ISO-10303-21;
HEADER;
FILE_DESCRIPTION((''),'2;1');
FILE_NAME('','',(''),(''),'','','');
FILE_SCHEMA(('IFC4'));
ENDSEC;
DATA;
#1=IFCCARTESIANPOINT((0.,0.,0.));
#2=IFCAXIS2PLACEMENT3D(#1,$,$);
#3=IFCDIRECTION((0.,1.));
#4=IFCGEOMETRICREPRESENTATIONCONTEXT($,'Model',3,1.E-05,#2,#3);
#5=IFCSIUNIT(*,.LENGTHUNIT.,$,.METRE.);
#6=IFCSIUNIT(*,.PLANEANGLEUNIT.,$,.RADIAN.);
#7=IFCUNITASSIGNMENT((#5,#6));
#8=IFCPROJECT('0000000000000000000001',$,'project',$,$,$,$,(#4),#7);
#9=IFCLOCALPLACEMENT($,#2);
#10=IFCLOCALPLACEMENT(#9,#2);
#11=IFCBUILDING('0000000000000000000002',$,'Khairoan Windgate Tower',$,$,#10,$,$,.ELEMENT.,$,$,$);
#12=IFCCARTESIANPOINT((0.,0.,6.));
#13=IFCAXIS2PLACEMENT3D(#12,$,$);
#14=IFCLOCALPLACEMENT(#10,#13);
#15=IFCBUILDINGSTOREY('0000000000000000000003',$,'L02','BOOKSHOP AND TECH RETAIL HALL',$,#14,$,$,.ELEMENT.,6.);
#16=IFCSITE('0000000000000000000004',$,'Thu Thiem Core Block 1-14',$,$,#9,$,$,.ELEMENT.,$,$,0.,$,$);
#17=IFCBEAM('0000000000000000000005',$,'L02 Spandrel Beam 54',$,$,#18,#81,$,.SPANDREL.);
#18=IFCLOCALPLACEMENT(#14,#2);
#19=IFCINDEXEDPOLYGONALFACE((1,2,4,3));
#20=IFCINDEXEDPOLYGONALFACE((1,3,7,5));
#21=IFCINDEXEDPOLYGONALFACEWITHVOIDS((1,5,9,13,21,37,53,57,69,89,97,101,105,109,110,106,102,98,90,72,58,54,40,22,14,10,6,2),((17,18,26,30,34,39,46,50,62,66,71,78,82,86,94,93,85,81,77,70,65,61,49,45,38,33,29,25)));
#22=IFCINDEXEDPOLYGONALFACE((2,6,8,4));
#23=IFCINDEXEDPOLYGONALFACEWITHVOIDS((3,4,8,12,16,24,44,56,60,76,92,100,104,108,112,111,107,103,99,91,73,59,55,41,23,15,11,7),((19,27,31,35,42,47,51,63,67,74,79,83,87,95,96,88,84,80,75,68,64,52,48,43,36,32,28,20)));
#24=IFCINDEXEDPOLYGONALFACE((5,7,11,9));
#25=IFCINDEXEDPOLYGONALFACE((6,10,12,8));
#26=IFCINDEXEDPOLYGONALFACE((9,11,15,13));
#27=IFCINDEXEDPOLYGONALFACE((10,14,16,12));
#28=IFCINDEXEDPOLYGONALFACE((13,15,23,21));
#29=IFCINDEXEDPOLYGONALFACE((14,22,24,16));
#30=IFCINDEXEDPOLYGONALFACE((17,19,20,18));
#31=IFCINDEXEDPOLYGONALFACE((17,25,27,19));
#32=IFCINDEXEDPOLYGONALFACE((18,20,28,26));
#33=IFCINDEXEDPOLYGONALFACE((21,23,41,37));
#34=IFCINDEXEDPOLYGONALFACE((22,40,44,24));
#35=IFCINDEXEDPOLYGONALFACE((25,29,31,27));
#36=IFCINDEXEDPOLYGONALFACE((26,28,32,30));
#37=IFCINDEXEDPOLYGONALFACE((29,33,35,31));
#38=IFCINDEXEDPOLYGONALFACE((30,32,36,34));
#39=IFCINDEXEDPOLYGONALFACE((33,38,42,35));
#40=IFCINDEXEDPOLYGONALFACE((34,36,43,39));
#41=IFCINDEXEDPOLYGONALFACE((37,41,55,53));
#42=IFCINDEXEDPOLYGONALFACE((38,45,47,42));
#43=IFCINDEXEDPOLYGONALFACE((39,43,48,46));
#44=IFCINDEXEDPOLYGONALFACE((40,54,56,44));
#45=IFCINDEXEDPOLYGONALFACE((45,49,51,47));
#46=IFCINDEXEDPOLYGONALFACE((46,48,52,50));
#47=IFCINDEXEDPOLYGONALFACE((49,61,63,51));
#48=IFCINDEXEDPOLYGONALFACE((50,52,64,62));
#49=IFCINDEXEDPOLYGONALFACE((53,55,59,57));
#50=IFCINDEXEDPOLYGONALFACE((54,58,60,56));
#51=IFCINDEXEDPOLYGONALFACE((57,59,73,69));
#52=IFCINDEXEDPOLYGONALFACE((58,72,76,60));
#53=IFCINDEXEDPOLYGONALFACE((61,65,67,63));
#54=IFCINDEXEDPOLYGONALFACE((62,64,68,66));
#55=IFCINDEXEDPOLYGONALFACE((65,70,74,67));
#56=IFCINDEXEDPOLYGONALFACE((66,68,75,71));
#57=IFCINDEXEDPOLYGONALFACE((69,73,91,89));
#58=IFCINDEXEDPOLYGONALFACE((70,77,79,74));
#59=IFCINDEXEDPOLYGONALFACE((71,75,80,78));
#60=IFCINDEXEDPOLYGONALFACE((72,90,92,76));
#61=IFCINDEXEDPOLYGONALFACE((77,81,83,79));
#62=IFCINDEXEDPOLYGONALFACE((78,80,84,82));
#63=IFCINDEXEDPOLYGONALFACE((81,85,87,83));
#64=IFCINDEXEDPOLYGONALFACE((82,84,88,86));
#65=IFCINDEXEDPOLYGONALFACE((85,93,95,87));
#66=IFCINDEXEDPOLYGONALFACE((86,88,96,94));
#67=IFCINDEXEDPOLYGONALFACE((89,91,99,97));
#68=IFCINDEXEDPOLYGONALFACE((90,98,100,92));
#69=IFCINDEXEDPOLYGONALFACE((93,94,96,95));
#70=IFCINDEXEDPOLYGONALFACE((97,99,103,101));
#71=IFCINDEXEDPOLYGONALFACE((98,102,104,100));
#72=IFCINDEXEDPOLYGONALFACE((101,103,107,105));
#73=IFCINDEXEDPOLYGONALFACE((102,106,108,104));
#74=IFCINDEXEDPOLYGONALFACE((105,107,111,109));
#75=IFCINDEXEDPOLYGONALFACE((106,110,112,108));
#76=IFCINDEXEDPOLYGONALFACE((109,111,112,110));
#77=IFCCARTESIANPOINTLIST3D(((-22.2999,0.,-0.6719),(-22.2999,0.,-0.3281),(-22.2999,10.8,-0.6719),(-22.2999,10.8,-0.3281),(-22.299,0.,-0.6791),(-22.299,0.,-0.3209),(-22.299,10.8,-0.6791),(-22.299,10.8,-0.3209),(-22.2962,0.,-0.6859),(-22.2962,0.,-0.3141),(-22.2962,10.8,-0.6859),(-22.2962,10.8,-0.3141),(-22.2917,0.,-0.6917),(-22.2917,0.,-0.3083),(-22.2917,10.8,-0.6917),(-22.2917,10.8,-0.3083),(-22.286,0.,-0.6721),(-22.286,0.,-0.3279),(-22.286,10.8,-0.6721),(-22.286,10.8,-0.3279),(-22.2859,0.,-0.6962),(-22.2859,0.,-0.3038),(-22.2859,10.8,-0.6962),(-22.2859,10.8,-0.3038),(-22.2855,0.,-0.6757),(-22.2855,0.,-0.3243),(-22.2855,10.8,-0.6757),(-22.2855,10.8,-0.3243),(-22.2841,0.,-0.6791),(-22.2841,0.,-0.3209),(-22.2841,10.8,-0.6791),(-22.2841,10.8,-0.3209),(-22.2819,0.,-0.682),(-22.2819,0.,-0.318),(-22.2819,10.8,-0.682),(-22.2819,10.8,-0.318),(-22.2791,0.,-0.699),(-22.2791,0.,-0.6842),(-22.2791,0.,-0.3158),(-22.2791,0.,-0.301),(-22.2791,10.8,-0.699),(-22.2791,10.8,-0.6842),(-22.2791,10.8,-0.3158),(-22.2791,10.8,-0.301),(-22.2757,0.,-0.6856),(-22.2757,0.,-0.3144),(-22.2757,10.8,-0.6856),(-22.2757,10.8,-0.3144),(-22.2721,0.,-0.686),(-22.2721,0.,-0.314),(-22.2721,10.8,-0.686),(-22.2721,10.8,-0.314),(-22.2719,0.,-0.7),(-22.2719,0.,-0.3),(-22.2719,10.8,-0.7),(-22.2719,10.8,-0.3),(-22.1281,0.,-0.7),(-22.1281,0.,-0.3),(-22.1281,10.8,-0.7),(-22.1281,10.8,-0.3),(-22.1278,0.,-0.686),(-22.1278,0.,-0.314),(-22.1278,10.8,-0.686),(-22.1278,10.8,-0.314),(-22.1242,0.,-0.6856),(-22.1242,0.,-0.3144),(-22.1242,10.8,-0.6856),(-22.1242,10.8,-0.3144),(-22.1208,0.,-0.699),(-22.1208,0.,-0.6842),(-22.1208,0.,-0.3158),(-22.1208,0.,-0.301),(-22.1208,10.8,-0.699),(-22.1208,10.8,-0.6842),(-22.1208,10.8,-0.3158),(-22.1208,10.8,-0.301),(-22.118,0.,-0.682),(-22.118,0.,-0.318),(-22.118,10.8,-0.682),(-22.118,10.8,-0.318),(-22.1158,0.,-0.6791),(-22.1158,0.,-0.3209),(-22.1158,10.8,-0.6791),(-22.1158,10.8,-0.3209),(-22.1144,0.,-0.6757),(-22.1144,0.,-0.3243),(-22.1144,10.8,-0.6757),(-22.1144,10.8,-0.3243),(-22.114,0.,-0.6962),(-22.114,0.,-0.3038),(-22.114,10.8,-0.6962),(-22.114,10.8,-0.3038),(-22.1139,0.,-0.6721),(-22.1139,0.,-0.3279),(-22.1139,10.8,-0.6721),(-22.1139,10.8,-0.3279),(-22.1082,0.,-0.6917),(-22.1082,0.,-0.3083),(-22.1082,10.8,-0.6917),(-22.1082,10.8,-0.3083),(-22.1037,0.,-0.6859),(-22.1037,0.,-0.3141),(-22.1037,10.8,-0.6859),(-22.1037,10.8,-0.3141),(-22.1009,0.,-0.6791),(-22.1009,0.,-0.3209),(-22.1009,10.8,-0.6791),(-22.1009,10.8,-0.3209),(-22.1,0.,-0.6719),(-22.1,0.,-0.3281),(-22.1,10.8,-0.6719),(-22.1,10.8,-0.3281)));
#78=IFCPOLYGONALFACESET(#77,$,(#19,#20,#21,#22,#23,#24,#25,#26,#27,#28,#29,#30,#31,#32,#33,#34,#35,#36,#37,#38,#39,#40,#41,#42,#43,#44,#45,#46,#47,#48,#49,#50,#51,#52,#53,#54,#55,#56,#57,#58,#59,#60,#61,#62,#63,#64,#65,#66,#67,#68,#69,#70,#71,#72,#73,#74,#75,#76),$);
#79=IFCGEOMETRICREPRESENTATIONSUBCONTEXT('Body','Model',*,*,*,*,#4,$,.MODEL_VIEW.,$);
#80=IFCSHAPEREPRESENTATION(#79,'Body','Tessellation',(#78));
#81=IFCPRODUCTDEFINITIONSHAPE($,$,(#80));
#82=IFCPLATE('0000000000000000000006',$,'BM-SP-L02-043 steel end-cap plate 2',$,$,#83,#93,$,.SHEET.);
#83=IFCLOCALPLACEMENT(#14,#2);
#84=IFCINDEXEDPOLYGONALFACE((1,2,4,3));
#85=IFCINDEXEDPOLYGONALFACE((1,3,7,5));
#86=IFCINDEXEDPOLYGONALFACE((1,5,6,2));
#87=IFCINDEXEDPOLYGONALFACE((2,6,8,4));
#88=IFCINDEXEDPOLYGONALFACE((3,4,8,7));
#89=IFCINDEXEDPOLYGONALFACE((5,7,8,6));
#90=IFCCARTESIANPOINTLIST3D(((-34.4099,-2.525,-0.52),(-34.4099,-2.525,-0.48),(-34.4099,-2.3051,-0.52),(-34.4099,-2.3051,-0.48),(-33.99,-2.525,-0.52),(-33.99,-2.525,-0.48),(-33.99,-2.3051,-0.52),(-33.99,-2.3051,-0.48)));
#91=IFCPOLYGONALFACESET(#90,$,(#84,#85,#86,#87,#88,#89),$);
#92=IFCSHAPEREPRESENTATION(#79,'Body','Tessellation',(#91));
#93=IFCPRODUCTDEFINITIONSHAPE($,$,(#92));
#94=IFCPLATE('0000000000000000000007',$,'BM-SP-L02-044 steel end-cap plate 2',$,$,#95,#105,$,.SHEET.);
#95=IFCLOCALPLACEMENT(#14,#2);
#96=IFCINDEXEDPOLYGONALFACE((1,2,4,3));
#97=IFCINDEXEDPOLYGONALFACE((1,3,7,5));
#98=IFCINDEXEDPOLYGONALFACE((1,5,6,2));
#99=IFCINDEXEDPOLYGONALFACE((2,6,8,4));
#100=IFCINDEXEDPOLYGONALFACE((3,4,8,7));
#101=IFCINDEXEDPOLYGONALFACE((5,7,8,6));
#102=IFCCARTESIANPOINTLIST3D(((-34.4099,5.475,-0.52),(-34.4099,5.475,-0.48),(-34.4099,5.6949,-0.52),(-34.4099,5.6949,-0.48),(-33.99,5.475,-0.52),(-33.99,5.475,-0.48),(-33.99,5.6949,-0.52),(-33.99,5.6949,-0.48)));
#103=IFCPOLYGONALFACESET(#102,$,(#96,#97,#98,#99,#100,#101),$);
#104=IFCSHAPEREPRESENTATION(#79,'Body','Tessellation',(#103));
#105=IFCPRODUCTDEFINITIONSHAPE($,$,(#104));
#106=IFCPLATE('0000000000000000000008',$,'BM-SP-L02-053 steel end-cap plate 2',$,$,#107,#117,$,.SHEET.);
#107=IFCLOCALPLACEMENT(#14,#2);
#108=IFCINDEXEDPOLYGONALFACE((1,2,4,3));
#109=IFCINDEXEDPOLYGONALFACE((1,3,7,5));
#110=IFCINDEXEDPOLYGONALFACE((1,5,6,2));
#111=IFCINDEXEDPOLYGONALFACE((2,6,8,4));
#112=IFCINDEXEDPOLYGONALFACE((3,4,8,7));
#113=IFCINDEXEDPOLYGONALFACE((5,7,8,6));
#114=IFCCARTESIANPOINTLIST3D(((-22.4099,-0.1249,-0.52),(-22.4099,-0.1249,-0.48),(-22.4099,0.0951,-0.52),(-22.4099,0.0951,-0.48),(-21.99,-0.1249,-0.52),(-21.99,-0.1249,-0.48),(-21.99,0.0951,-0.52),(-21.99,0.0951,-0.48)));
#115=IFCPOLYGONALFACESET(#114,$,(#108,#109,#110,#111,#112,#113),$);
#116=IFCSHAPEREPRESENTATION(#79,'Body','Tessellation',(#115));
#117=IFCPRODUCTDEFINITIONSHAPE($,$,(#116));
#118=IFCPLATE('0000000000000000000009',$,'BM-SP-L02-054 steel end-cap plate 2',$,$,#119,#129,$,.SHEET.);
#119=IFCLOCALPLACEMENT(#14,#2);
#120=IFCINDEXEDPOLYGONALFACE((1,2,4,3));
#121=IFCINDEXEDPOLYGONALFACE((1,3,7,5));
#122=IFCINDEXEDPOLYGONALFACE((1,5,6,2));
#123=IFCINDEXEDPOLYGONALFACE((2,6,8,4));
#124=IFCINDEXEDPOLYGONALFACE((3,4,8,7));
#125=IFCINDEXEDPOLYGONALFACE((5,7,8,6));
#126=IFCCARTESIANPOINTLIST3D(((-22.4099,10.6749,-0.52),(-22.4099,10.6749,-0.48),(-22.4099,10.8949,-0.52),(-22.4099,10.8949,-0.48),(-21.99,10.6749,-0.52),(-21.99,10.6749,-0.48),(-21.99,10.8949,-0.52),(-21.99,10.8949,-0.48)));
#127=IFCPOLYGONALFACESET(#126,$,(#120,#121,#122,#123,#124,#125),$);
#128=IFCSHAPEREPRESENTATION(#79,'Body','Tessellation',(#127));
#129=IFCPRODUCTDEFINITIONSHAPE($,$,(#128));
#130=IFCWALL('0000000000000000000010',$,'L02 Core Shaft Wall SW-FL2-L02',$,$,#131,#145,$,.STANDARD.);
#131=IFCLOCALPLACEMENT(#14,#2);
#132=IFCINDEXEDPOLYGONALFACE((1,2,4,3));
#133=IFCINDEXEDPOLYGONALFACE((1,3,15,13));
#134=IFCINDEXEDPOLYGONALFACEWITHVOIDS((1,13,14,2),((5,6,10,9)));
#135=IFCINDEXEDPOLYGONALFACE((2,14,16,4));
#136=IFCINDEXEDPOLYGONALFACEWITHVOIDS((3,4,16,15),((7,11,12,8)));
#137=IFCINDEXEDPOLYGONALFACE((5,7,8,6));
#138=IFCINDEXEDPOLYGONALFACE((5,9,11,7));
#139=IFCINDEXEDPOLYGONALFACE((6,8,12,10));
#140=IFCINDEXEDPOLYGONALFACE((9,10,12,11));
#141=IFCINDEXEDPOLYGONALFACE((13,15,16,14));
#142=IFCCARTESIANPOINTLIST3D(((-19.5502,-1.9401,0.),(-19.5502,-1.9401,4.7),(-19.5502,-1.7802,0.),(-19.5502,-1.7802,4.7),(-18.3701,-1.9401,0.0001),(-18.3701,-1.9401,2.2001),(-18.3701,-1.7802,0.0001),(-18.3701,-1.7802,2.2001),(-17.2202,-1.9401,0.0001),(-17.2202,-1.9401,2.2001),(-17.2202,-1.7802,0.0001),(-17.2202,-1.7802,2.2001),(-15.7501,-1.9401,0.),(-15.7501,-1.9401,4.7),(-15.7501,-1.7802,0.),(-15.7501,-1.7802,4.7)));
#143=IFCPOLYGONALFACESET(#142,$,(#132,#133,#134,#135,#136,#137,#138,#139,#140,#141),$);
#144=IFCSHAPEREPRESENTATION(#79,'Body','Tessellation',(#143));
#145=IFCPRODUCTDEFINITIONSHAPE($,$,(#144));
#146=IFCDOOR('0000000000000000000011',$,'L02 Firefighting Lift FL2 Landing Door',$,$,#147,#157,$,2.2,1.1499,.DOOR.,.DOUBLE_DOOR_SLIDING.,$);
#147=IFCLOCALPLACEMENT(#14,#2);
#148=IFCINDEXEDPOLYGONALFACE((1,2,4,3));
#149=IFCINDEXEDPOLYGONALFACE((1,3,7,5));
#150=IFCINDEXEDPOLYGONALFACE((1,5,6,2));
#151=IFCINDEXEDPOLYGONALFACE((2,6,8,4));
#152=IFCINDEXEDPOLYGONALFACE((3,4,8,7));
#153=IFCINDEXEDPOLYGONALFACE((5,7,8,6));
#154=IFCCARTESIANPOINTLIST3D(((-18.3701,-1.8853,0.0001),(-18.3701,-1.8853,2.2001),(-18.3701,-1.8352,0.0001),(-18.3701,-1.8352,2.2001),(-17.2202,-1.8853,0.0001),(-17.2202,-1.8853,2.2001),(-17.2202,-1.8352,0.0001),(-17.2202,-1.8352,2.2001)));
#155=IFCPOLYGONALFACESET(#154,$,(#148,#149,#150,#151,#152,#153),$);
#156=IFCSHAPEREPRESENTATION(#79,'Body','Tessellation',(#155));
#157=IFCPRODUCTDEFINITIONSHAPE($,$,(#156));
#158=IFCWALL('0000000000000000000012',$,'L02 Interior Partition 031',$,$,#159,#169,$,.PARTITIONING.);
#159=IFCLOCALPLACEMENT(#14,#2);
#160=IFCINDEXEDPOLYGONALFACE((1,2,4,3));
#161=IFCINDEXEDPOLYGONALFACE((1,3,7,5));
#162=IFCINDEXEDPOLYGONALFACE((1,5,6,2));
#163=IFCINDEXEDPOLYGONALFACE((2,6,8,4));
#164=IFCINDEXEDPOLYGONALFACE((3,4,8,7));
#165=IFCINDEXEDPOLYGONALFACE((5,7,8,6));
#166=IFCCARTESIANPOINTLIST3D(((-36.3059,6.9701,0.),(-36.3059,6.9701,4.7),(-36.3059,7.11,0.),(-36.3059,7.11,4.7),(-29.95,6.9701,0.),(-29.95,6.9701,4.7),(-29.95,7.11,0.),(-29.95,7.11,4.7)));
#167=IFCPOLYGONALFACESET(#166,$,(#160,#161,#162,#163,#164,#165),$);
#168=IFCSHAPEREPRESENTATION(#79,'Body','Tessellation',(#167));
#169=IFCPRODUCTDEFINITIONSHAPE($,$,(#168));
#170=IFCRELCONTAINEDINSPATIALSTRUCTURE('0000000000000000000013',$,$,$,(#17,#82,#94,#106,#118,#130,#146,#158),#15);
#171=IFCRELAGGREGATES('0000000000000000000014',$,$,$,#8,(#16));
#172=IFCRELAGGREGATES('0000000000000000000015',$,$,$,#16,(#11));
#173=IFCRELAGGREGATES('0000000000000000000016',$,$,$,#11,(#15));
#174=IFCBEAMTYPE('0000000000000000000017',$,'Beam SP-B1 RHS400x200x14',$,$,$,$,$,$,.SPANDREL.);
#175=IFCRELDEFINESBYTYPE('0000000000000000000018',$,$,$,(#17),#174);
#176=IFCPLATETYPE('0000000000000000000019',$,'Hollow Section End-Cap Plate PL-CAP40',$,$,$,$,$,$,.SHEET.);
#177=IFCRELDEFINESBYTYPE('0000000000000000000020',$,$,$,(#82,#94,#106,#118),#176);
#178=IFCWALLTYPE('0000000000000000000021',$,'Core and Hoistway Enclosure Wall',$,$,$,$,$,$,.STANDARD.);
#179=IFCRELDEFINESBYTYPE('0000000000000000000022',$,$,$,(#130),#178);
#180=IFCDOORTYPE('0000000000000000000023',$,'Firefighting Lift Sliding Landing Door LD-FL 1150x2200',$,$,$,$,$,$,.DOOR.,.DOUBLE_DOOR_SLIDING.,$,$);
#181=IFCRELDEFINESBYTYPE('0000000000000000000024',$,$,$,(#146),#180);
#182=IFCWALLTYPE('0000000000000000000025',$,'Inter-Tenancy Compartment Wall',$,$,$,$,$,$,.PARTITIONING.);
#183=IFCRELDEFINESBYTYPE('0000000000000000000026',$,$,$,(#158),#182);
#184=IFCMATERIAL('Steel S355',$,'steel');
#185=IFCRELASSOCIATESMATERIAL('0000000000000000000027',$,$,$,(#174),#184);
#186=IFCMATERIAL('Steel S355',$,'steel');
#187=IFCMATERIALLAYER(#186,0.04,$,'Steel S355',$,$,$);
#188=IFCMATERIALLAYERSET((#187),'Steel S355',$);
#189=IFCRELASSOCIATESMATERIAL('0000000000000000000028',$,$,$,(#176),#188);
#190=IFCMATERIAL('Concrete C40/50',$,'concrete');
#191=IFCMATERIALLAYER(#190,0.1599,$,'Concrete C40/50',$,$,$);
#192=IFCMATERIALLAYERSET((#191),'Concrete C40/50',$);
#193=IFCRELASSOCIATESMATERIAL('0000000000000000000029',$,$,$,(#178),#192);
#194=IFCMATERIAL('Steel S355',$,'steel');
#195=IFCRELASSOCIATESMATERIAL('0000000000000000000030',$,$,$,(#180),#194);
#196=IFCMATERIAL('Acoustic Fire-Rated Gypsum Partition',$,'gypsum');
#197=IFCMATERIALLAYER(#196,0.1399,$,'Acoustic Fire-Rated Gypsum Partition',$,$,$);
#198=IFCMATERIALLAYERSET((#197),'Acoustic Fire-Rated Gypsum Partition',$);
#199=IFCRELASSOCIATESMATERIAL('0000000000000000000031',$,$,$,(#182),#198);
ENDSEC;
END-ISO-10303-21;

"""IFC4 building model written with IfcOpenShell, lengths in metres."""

from ifc_helpers import new_model, si_unit, direction, frame, frame_2d, origin, origin_2d, place, context, subcontext, project, spatial, rectangle, hollow_rectangle, extrude, material, layer, layer_set, material_profile, profile_set, type_object, element, fill, save


model = new_model("IFC4")

# Units and contexts
model_context = context("Model", 3, precision=1e-05, world=origin(), true_north=direction((0.0, 1.0)))
body_context = subcontext(model_context, "Body", "Model", "MODEL_VIEW")
ifc_project = project(units=[si_unit("LENGTHUNIT", "METRE"), si_unit("PLANEANGLEUNIT", "RADIAN")], contexts=[model_context])

# Site, building, storey
site_placement = place(None, origin())
site = spatial("IfcSite", under=ifc_project, at=site_placement, Name="Thu Thiem Core Block 1-14", CompositionType="ELEMENT", RefElevation=0.0)
building_placement = place(site_placement, origin())
building = spatial("IfcBuilding", under=site, at=building_placement, Name="Khairoan Windgate Tower", CompositionType="ELEMENT")
storey_placement = place(building_placement, frame((0.0, 0.0, 6.0)))
storey = spatial("IfcBuildingStorey", under=building, at=storey_placement, Name="L02", Description="BOOKSHOP AND TECH RETAIL HALL", CompositionType="ELEMENT", Elevation=6.0)

# Beam
ifc_material_1 = material(Name="Steel S355", Category="steel")
ifc_material_profile_1 = material_profile(ifc_material_1, hollow_rectangle(XDim=0.2, YDim=0.3999, WallThickness=0.0139, InnerFilletRadius=0.0139, OuterFilletRadius=0.0281, at=origin_2d()))
ifc_profile_set_1 = profile_set([ifc_material_profile_1], Name="Steel S355")
beam_type_1 = type_object("IfcBeamType", Name="Beam SP-B1 RHS400x200x14", PredefinedType="SPANDREL", material=ifc_profile_set_1)
beam_1_placement = place(storey_placement, frame((-22.2, 0.0, -0.5), z_axis=(0.0, 1.0, 0.0), x_axis=(-1.0, 0.0, 0.0)))
element("IfcBeam", 1, at=beam_1_placement, inside=storey, type_object=beam_type_1, Name="L02 Spandrel Beam 54", PredefinedType="SPANDREL", context=body_context, shape_type="SweptSolid", body=[
    extrude(hollow_rectangle(XDim=0.2, YDim=0.3999, WallThickness=0.0139, InnerFilletRadius=0.0139, OuterFilletRadius=0.0281, at=origin_2d()), origin(), (0.0, 0.0, 1.0), 10.8),
])

# Plates
ifc_material_2 = material(Name="Steel S355", Category="steel")
ifc_layer_1 = layer(ifc_material_2, 0.04, Name="Steel S355")
ifc_layer_set_1 = layer_set([ifc_layer_1], Name="Steel S355")
plate_type = type_object("IfcPlateType", Name="Hollow Section End-Cap Plate PL-CAP40", PredefinedType="SHEET", material=ifc_layer_set_1)
for number, where, z_axis, x_axis, name in (
    (2, (-34.2, -2.415, -0.52), (0.0, 0.0, 1.0), (0.0, 1.0, 0.0), "BM-SP-L02-043 steel end-cap plate 2"),
    (3, (-34.2, 5.585, -0.52), (0.0, 0.0, 1.0), (0.0, 1.0, 0.0), "BM-SP-L02-044 steel end-cap plate 2"),
    (4, (-22.2, -0.0149, -0.52), (0.0, 0.0, 1.0), (0.0, 1.0, 0.0), "BM-SP-L02-053 steel end-cap plate 2"),
    (5, (-22.2, 10.7849, -0.52), (0.0, 0.0, 1.0), (0.0, 1.0, 0.0), "BM-SP-L02-054 steel end-cap plate 2"),
):
    element("IfcPlate", number, at=place(storey_placement, frame(where, z_axis=z_axis, x_axis=x_axis)), inside=storey, type_object=plate_type, Name=name, PredefinedType="SHEET", context=body_context, shape_type="SweptSolid", body=[
        extrude(rectangle(XDim=0.22, YDim=0.4199, at=origin_2d()), origin(), (0.0, 0.0, 1.0), 0.04),
    ])

# Wall, opening, door
ifc_material_3 = material(Name="Concrete C40/50", Category="concrete")
ifc_layer_2 = layer(ifc_material_3, 0.1599, Name="Concrete C40/50")
ifc_layer_set_2 = layer_set([ifc_layer_2], Name="Concrete C40/50")
wall_type_1 = type_object("IfcWallType", Name="Core and Hoistway Enclosure Wall", PredefinedType="STANDARD", material=ifc_layer_set_2)
wall_1_placement = place(storey_placement, frame((-19.55, -1.8601, 0.0), z_axis=(0.0, 0.0, 1.0), x_axis=(1.0, 0.0, 0.0)))
wall_1 = element("IfcWall", 6, at=wall_1_placement, inside=storey, type_object=wall_type_1, Name="L02 Core Shaft Wall SW-FL2-L02", PredefinedType="STANDARD", context=body_context, shape_type="SweptSolid", body=[
    extrude(rectangle(XDim=3.8, YDim=0.1599, at=frame_2d((1.8999, 0.0))), origin(), (0.0, 0.0, 1.0), 4.7),
])
opening_1_placement = place(wall_1_placement, frame((1.1799, 0.0, 0.0)))
opening_1 = element("IfcOpeningElement", 7, at=opening_1_placement, cuts=wall_1, PredefinedType="OPENING", context=body_context, shape_type="SweptSolid", body=[
    extrude(rectangle(XDim=1.1499, YDim=2.2, at=frame_2d((0.575, 1.1001))), frame((0.0, 0.0898, 0.0), z_axis=(0.0, -1.0, 0.0), x_axis=(1.0, 0.0, 0.0)), (0.0, 0.0, 1.0), 0.1799),
])
ifc_material_4 = material(Name="Steel S355", Category="steel")
door_type_1 = type_object("IfcDoorType", Name="Firefighting Lift Sliding Landing Door LD-FL 1150x2200", OperationType="DOUBLE_DOOR_SLIDING", PredefinedType="DOOR", material=ifc_material_4)
door_1_placement = place(opening_1_placement, origin())
door_1 = element("IfcDoor", 8, at=door_1_placement, inside=storey, type_object=door_type_1, Name="L02 Firefighting Lift FL2 Landing Door", OperationType="DOUBLE_DOOR_SLIDING", OverallHeight=2.2, OverallWidth=1.1499, PredefinedType="DOOR", context=body_context, shape_type="SweptSolid", body=[
    extrude(rectangle(XDim=1.1499, YDim=2.2, at=frame_2d((0.575, 1.1001))), frame((0.0, 0.0249, 0.0), z_axis=(0.0, -1.0, 0.0), x_axis=(1.0, 0.0, 0.0)), (0.0, 0.0, 1.0), 0.05),
])
fill(opening_1, door_1)

# Wall
ifc_material_5 = material(Name="Acoustic Fire-Rated Gypsum Partition", Category="gypsum")
ifc_layer_3 = layer(ifc_material_5, 0.1399, Name="Acoustic Fire-Rated Gypsum Partition")
ifc_layer_set_3 = layer_set([ifc_layer_3], Name="Acoustic Fire-Rated Gypsum Partition")
wall_type_2 = type_object("IfcWallType", Name="Inter-Tenancy Compartment Wall", PredefinedType="PARTITIONING", material=ifc_layer_set_3)
wall_2_placement = place(storey_placement, frame((-36.3059, 7.04, 0.0), z_axis=(0.0, 0.0, 1.0), x_axis=(1.0, 0.0, 0.0)))
element("IfcWall", 9, at=wall_2_placement, inside=storey, type_object=wall_type_2, Name="L02 Interior Partition 031", PredefinedType="PARTITIONING", context=body_context, shape_type="SweptSolid", body=[
    extrude(rectangle(XDim=6.356, YDim=0.1399, at=frame_2d((3.178, 0.0))), origin(), (0.0, 0.0, 1.0), 4.7),
])

save(model, "model.ifc")
